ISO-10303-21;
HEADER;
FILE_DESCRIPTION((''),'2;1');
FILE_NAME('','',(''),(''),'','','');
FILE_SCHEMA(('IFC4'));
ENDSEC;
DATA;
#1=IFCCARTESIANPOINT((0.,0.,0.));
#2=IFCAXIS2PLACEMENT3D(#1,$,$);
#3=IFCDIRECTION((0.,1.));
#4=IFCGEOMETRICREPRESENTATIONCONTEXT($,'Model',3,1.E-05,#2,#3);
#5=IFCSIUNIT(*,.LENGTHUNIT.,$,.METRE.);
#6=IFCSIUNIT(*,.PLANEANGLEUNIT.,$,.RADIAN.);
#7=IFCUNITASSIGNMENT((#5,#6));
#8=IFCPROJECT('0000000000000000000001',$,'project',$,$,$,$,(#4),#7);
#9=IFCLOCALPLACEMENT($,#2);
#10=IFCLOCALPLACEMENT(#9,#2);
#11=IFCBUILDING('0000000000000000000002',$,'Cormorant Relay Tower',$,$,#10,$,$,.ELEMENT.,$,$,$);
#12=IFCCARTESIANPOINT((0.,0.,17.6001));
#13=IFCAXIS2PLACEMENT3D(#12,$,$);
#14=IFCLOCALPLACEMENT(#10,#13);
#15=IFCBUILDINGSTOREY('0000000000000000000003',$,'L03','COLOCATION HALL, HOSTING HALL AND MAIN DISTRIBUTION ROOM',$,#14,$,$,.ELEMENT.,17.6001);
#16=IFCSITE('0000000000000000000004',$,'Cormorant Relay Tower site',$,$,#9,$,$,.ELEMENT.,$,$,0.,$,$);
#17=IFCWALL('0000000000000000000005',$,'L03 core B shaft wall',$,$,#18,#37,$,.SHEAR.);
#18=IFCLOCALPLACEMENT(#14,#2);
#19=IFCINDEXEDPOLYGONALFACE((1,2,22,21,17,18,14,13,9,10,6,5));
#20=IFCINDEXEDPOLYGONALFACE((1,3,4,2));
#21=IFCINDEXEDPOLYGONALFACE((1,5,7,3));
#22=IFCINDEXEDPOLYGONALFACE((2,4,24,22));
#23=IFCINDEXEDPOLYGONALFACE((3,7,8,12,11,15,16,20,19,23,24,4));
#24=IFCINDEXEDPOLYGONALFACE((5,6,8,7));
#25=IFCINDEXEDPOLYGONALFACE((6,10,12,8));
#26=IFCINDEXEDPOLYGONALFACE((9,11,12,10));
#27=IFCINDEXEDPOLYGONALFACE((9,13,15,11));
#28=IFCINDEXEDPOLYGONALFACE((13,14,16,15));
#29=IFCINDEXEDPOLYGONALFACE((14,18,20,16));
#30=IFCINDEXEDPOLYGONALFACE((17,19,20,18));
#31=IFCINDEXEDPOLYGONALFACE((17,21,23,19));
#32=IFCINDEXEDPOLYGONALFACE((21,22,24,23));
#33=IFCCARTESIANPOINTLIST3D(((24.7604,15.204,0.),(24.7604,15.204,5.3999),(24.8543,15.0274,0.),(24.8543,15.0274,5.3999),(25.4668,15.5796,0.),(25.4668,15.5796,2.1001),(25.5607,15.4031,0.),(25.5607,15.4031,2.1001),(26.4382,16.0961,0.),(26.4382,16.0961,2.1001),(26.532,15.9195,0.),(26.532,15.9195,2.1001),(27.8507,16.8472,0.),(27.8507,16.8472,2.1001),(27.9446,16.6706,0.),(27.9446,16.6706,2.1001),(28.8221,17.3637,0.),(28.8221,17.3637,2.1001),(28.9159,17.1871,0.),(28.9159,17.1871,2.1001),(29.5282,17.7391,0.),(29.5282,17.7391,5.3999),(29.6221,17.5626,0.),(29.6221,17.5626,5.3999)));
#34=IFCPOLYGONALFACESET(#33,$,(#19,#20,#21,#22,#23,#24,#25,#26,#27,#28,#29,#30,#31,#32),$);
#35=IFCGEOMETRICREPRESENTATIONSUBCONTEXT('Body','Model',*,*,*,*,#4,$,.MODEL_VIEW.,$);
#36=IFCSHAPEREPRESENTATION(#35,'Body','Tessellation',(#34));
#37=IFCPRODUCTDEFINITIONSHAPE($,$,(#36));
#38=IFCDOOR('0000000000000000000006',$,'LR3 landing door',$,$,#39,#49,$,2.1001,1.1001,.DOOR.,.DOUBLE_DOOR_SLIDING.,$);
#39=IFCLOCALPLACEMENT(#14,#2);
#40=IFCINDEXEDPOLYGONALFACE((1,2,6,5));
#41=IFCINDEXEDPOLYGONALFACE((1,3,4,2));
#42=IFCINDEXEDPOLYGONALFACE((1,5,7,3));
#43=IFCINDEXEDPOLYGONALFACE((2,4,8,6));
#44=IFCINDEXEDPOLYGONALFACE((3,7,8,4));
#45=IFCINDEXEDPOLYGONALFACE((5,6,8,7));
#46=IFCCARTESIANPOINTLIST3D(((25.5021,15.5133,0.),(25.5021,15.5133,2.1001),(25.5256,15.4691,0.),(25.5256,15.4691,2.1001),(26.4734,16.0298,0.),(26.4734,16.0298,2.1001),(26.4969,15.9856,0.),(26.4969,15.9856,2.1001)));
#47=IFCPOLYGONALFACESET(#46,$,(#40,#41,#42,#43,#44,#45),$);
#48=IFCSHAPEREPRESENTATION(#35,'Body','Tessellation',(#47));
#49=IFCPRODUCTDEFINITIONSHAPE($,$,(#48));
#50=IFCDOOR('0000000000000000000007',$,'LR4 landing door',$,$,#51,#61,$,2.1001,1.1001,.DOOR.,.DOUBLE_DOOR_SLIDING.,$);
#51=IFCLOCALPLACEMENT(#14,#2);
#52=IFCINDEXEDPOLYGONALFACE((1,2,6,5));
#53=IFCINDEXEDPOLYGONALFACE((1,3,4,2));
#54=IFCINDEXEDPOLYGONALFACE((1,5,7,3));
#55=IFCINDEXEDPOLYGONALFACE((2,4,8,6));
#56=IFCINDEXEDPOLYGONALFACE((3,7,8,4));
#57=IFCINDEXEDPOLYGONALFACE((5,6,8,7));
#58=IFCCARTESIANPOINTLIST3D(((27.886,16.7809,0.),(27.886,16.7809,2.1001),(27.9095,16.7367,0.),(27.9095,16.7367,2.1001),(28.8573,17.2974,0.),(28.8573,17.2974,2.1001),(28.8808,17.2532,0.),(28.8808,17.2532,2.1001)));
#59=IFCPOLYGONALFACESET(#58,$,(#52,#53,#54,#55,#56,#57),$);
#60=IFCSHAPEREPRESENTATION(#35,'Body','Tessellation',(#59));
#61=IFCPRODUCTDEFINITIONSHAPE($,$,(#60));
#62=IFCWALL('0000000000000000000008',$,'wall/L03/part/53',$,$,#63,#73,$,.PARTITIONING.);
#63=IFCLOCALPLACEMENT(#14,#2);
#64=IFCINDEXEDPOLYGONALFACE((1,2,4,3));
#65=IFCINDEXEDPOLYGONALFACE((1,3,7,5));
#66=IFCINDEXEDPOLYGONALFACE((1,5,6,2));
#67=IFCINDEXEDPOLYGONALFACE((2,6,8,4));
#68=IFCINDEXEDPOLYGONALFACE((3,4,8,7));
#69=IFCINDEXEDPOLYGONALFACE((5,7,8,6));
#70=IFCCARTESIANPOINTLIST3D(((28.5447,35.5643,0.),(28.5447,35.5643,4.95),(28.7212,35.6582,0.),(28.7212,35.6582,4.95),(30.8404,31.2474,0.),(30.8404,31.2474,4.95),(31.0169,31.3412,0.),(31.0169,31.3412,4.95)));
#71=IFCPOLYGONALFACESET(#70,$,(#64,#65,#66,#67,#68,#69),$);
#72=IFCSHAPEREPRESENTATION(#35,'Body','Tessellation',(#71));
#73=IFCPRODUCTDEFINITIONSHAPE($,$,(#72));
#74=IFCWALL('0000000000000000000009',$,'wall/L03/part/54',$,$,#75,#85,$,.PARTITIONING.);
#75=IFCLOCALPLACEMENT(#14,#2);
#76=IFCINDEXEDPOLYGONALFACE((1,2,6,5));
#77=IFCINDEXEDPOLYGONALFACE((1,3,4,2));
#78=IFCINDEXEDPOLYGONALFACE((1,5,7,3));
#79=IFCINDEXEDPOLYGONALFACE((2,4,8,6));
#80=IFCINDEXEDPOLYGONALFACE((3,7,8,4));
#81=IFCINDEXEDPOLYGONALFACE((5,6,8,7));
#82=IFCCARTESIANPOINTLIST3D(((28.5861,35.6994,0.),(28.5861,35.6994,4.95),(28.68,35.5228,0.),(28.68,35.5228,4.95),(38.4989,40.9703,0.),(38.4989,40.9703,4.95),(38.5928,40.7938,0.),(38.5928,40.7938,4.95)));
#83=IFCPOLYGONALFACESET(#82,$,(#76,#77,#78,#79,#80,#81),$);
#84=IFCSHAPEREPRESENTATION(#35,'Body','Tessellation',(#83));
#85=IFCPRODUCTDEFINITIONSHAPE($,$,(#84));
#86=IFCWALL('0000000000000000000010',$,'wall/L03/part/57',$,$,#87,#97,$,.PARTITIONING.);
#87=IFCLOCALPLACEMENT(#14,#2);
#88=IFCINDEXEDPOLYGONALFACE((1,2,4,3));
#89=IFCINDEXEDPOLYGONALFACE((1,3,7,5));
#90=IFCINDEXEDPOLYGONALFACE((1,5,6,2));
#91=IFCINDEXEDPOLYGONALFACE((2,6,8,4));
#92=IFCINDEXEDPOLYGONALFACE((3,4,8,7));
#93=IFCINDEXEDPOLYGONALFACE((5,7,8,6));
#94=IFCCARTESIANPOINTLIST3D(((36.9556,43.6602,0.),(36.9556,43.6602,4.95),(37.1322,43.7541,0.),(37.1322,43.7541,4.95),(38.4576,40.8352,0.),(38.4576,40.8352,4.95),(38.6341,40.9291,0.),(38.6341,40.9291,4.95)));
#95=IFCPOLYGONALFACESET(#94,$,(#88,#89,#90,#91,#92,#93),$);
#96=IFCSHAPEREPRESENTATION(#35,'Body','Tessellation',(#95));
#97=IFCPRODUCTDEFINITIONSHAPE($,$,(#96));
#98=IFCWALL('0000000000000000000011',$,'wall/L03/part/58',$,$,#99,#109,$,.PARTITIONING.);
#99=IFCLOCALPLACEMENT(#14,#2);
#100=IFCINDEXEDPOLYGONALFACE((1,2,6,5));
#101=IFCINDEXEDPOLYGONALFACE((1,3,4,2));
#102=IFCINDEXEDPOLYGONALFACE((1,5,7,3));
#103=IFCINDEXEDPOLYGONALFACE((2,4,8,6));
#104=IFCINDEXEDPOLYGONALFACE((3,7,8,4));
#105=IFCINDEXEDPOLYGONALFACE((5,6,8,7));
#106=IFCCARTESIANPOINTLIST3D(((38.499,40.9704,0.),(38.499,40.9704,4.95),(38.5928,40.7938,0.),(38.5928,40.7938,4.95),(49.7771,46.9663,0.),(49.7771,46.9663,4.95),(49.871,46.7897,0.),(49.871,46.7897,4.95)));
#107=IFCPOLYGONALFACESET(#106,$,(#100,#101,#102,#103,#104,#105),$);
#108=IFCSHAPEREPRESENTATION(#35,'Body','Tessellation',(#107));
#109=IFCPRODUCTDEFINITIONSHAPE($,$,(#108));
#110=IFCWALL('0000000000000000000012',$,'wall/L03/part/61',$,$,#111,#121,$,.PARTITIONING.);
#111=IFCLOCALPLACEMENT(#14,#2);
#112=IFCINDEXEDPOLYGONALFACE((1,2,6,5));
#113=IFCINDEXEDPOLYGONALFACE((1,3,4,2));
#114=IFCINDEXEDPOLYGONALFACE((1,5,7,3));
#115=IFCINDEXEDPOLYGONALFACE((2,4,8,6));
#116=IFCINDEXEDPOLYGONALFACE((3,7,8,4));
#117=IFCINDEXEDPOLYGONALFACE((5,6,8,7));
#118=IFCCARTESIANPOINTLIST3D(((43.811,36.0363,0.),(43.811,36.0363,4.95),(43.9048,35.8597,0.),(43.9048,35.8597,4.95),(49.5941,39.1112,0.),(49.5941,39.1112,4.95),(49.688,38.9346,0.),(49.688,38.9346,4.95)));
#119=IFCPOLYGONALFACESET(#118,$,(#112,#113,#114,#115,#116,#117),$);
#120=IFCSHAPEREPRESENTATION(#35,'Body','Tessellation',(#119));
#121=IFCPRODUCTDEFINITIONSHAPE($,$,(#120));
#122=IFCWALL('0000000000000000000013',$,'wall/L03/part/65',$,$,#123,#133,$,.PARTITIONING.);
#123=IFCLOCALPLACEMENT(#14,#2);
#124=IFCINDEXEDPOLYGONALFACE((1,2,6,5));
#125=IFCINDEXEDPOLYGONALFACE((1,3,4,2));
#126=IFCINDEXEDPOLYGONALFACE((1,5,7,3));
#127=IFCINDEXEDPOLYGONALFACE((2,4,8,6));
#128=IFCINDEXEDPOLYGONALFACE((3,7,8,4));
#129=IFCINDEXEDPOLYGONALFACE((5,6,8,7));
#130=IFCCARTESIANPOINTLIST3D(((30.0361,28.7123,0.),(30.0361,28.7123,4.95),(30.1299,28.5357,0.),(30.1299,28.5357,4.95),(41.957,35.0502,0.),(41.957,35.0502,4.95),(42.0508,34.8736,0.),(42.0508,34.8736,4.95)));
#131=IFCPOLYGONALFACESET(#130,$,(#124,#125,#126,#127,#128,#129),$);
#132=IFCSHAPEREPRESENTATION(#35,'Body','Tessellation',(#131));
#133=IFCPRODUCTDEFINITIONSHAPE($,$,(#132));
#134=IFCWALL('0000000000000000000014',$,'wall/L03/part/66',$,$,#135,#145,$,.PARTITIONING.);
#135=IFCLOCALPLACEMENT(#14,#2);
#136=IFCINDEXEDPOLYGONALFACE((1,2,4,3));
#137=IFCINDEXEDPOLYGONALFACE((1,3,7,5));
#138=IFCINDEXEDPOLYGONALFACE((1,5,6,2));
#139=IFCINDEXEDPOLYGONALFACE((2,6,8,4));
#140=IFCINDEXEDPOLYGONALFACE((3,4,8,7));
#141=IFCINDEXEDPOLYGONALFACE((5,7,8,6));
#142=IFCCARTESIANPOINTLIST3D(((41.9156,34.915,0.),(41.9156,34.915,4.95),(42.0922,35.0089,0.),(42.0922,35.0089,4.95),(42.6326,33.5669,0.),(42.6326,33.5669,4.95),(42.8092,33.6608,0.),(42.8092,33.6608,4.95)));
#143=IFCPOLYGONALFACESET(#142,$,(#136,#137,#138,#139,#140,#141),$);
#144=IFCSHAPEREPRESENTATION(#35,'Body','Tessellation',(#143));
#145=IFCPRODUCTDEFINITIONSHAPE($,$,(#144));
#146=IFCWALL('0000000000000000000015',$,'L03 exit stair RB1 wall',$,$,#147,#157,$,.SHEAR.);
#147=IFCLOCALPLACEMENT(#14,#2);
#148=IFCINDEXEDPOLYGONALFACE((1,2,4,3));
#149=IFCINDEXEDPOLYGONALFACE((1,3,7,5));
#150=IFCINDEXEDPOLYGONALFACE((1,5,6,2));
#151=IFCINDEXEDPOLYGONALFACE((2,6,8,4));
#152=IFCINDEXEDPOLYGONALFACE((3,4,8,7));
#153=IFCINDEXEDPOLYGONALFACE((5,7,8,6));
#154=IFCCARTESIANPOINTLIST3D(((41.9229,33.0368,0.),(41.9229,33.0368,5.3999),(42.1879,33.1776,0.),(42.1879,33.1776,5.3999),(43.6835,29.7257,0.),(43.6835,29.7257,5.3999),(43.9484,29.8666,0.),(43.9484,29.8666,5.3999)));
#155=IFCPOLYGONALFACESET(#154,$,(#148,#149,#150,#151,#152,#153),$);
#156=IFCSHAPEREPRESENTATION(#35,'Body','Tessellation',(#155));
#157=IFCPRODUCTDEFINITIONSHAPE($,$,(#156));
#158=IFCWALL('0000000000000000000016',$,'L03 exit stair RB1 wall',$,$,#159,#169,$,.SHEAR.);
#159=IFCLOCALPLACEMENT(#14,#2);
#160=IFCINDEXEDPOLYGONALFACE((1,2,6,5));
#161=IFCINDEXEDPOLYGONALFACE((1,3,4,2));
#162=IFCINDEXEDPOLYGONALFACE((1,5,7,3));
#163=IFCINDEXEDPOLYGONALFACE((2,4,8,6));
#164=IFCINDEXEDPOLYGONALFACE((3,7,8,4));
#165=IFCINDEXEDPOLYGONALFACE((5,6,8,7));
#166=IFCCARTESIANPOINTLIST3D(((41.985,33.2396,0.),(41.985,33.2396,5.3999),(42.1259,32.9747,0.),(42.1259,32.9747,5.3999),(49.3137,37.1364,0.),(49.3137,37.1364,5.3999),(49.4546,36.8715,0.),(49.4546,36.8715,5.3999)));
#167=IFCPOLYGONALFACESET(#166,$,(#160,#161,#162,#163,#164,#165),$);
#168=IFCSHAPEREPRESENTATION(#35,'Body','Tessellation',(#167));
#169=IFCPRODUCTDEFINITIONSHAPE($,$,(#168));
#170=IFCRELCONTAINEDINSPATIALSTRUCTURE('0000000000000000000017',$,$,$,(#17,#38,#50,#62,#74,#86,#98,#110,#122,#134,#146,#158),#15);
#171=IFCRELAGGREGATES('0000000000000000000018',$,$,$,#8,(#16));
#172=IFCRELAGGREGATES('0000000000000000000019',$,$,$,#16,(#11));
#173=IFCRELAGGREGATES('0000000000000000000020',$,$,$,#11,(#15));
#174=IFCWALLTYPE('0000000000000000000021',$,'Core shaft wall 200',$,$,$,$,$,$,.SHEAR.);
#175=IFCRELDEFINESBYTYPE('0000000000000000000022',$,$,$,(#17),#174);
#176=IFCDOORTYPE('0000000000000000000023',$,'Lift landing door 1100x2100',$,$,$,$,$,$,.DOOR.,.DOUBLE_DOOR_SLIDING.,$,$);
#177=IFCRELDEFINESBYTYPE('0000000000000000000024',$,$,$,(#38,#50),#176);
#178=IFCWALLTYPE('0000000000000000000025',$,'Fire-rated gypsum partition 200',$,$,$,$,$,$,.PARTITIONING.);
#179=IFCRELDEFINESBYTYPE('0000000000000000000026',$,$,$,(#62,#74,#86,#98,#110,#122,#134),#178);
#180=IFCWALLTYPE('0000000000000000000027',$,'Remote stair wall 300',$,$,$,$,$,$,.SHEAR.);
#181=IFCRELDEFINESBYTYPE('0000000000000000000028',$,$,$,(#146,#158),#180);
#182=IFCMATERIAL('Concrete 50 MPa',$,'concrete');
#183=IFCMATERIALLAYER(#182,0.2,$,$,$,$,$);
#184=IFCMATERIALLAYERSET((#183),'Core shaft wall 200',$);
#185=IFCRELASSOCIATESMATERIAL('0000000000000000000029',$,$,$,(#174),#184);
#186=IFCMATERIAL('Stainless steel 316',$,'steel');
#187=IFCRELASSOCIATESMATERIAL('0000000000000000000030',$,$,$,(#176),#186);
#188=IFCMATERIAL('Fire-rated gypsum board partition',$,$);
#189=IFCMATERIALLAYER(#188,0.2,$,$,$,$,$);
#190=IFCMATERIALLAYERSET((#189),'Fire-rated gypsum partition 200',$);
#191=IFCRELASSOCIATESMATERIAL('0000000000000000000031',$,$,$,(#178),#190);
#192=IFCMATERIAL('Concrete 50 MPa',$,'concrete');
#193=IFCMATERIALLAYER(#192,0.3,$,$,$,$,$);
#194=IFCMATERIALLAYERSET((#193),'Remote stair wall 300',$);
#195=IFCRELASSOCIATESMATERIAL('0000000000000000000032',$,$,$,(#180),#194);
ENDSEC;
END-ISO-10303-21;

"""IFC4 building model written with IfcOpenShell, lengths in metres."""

from ifc_helpers import new_model, si_unit, direction, frame, frame_2d, origin, place, context, subcontext, project, spatial, rectangle, extrude, material, layer, layer_set, type_object, element, fill, save


model = new_model("IFC4")

# Units and contexts
model_context = context("Model", 3, precision=1e-05, world=origin(), true_north=direction((0.0, 1.0)))
body_context = subcontext(model_context, "Body", "Model", "MODEL_VIEW")
ifc_project = project(units=[si_unit("LENGTHUNIT", "METRE"), si_unit("PLANEANGLEUNIT", "RADIAN")], contexts=[model_context])

# Site, building, storey
site_placement = place(None, origin())
site = spatial("IfcSite", under=ifc_project, at=site_placement, Name="Cormorant Relay Tower site", CompositionType="ELEMENT", RefElevation=0.0)
building_placement = place(site_placement, origin())
building = spatial("IfcBuilding", under=site, at=building_placement, Name="Cormorant Relay Tower", CompositionType="ELEMENT")
storey_placement = place(building_placement, frame((0.0, 0.0, 17.6001)))
storey = spatial("IfcBuildingStorey", under=building, at=storey_placement, Name="L03", Description="COLOCATION HALL, HOSTING HALL AND MAIN DISTRIBUTION ROOM", CompositionType="ELEMENT", Elevation=17.6001)

# Shared definitions
ifc_material_1 = material(Name="Concrete 50 MPa", Category="concrete")
ifc_layer_1 = layer(ifc_material_1, 0.2)
ifc_layer_set_1 = layer_set([ifc_layer_1], Name="Core shaft wall 200")
wall_type_1 = type_object("IfcWallType", Name="Core shaft wall 200", PredefinedType="SHEAR", material=ifc_layer_set_1)

# Wall, openings, doors
wall_1_placement = place(storey_placement, frame((24.8074, 15.1157, 0.0), z_axis=(0.0, 0.0, 1.0), x_axis=(0.882943, 0.46948, 0.0)))
wall_1 = element("IfcWall", 1, at=wall_1_placement, inside=storey, type_object=wall_type_1, Name="L03 core B shaft wall", PredefinedType="SHEAR", context=body_context, shape_type="SweptSolid", body=[
    extrude(rectangle(XDim=5.3999, YDim=0.2, at=frame_2d((2.7, 0.0))), origin(), (0.0, 0.0, 1.0), 5.3999),
])
opening_1_placement = place(wall_1_placement, frame((0.8, 0.0, 0.0)))
opening_1 = element("IfcOpeningElement", 2, at=opening_1_placement, cuts=wall_1, PredefinedType="OPENING", context=body_context, shape_type="SweptSolid", body=[
    extrude(rectangle(XDim=1.1001, YDim=2.1001, at=frame_2d((0.55, 1.05))), frame((0.0, 0.1099, 0.0), z_axis=(0.0, -1.0, 0.0), x_axis=(1.0, 0.0, 0.0)), (0.0, 0.0, 1.0), 0.22),
])
opening_2_placement = place(wall_1_placement, frame((3.5, 0.0, 0.0)))
opening_2 = element("IfcOpeningElement", 3, at=opening_2_placement, cuts=wall_1, PredefinedType="OPENING", context=body_context, shape_type="SweptSolid", body=[
    extrude(rectangle(XDim=1.1001, YDim=2.1001, at=frame_2d((0.55, 1.05))), frame((0.0, 0.1099, 0.0), z_axis=(0.0, -1.0, 0.0), x_axis=(1.0, 0.0, 0.0)), (0.0, 0.0, 1.0), 0.22),
])
ifc_material_2 = material(Name="Stainless steel 316", Category="steel")
door_type = type_object("IfcDoorType", Name="Lift landing door 1100x2100", OperationType="DOUBLE_DOOR_SLIDING", PredefinedType="DOOR", material=ifc_material_2)
door_1_placement = place(opening_1_placement, origin())
door_1 = element("IfcDoor", 4, at=door_1_placement, inside=storey, type_object=door_type, Name="LR3 landing door", OperationType="DOUBLE_DOOR_SLIDING", OverallHeight=2.1001, OverallWidth=1.1001, PredefinedType="DOOR", context=body_context, shape_type="SweptSolid", body=[
    extrude(rectangle(XDim=1.1001, YDim=2.1001, at=frame_2d((0.55, 1.05))), frame((0.0, 0.0249, 0.0), z_axis=(0.0, -1.0, 0.0), x_axis=(1.0, 0.0, 0.0)), (0.0, 0.0, 1.0), 0.05),
])
fill(opening_1, door_1)
door_2_placement = place(opening_2_placement, origin())
door_2 = element("IfcDoor", 5, at=door_2_placement, inside=storey, type_object=door_type, Name="LR4 landing door", OperationType="DOUBLE_DOOR_SLIDING", OverallHeight=2.1001, OverallWidth=1.1001, PredefinedType="DOOR", context=body_context, shape_type="SweptSolid", body=[
    extrude(rectangle(XDim=1.1001, YDim=2.1001, at=frame_2d((0.55, 1.05))), frame((0.0, 0.0249, 0.0), z_axis=(0.0, -1.0, 0.0), x_axis=(1.0, 0.0, 0.0)), (0.0, 0.0, 1.0), 0.05),
])
fill(opening_2, door_2)

# Walls
ifc_material_3 = material(Name="Fire-rated gypsum board partition")
ifc_layer_2 = layer(ifc_material_3, 0.2)
ifc_layer_set_2 = layer_set([ifc_layer_2], Name="Fire-rated gypsum partition 200")
wall_type_2 = type_object("IfcWallType", Name="Fire-rated gypsum partition 200", PredefinedType="PARTITIONING", material=ifc_layer_set_2)
wall_2_placement = place(storey_placement, frame((30.9287, 31.2942, 0.0), z_axis=(0.0, 0.0, 1.0), x_axis=(-0.469523, 0.88292, 0.0)))
element("IfcWall", 6, at=wall_2_placement, inside=storey, type_object=wall_type_2, Name="wall/L03/part/53", PredefinedType="PARTITIONING", context=body_context, shape_type="SweptSolid", body=[
    extrude(rectangle(XDim=4.8894, YDim=0.2, at=frame_2d((2.4448, 0.0))), origin(), (0.0, 0.0, 1.0), 4.95),
])
wall_3_placement = place(storey_placement, frame((28.6331, 35.6111, 0.0), z_axis=(0.0, 0.0, 1.0), x_axis=(0.882939, 0.469489, 0.0)))
element("IfcWall", 7, at=wall_3_placement, inside=storey, type_object=wall_type_2, Name="wall/L03/part/54", PredefinedType="PARTITIONING", context=body_context, shape_type="SweptSolid", body=[
    extrude(rectangle(XDim=11.2271, YDim=0.2, at=frame_2d((5.6135, 0.0))), origin(), (0.0, 0.0, 1.0), 4.95),
])
wall_4_placement = place(storey_placement, frame((37.0439, 43.707, 0.0), z_axis=(0.0, 0.0, 1.0), x_axis=(0.469447, -0.882961, 0.0)))
element("IfcWall", 8, at=wall_4_placement, inside=storey, type_object=wall_type_2, Name="wall/L03/part/57", PredefinedType="PARTITIONING", context=body_context, shape_type="SweptSolid", body=[
    extrude(rectangle(XDim=3.1995, YDim=0.2, at=frame_2d((1.5996, 0.0))), origin(), (0.0, 0.0, 1.0), 4.95),
])
wall_5_placement = place(storey_placement, frame((38.5459, 40.8821, 0.0), z_axis=(0.0, 0.0, 1.0), x_axis=(0.882974, 0.469422, 0.0)))
element("IfcWall", 9, at=wall_5_placement, inside=storey, type_object=wall_type_2, Name="wall/L03/part/58", PredefinedType="PARTITIONING", context=body_context, shape_type="SweptSolid", body=[
    extrude(rectangle(XDim=12.7729, YDim=0.2, at=frame_2d((6.3865, 0.0))), origin(), (0.0, 0.0, 1.0), 4.95),
])
wall_6_placement = place(storey_placement, frame((43.8579, 35.948, 0.0), z_axis=(0.0, 0.0, 1.0), x_axis=(0.88295, 0.469468, 0.0)))
element("IfcWall", 10, at=wall_6_placement, inside=storey, type_object=wall_type_2, Name="wall/L03/part/61", PredefinedType="PARTITIONING", context=body_context, shape_type="SweptSolid", body=[
    extrude(rectangle(XDim=6.5498, YDim=0.2, at=frame_2d((3.2749, 0.0))), origin(), (0.0, 0.0, 1.0), 4.95),
])
wall_7_placement = place(storey_placement, frame((30.083, 28.624, 0.0), z_axis=(0.0, 0.0, 1.0), x_axis=(0.882965, 0.469439, 0.0)))
element("IfcWall", 11, at=wall_7_placement, inside=storey, type_object=wall_type_2, Name="wall/L03/part/65", PredefinedType="PARTITIONING", context=body_context, shape_type="SweptSolid", body=[
    extrude(rectangle(XDim=13.501, YDim=0.2, at=frame_2d((6.7505, 0.0))), origin(), (0.0, 0.0, 1.0), 4.95),
])
wall_8_placement = place(storey_placement, frame((42.0039, 34.9619, 0.0), z_axis=(0.0, 0.0, 1.0), x_axis=(0.469584, -0.882888, 0.0)))
element("IfcWall", 12, at=wall_8_placement, inside=storey, type_object=wall_type_2, Name="wall/L03/part/66", PredefinedType="PARTITIONING", context=body_context, shape_type="SweptSolid", body=[
    extrude(rectangle(XDim=1.5269, YDim=0.2, at=frame_2d((0.7634, 0.0))), origin(), (0.0, 0.0, 1.0), 4.95),
])
ifc_material_4 = material(Name="Concrete 50 MPa", Category="concrete")
ifc_layer_3 = layer(ifc_material_4, 0.3)
ifc_layer_set_3 = layer_set([ifc_layer_3], Name="Remote stair wall 300")
wall_type_3 = type_object("IfcWallType", Name="Remote stair wall 300", PredefinedType="SHEAR", material=ifc_layer_set_3)
wall_9_placement = place(storey_placement, frame((43.8159, 29.7961, 0.0), z_axis=(0.0, 0.0, 1.0), x_axis=(-0.469469, 0.882949, 0.0)))
element("IfcWall", 13, at=wall_9_placement, inside=storey, type_object=wall_type_3, Name="L03 exit stair RB1 wall", PredefinedType="SHEAR", context=body_context, shape_type="SweptSolid", body=[
    extrude(rectangle(XDim=3.75, YDim=0.3, at=frame_2d((1.875, 0.0))), origin(), (0.0, 0.0, 1.0), 5.3999),
])
wall_10_placement = place(storey_placement, frame((42.0554, 33.1072, 0.0), z_axis=(0.0, 0.0, 1.0), x_axis=(0.882946, 0.469475, 0.0)))
element("IfcWall", 14, at=wall_10_placement, inside=storey, type_object=wall_type_3, Name="L03 exit stair RB1 wall", PredefinedType="SHEAR", context=body_context, shape_type="SweptSolid", body=[
    extrude(rectangle(XDim=8.3003, YDim=0.3, at=frame_2d((4.1501, 0.0))), origin(), (0.0, 0.0, 1.0), 5.3999),
])

save(model, "model.ifc")
